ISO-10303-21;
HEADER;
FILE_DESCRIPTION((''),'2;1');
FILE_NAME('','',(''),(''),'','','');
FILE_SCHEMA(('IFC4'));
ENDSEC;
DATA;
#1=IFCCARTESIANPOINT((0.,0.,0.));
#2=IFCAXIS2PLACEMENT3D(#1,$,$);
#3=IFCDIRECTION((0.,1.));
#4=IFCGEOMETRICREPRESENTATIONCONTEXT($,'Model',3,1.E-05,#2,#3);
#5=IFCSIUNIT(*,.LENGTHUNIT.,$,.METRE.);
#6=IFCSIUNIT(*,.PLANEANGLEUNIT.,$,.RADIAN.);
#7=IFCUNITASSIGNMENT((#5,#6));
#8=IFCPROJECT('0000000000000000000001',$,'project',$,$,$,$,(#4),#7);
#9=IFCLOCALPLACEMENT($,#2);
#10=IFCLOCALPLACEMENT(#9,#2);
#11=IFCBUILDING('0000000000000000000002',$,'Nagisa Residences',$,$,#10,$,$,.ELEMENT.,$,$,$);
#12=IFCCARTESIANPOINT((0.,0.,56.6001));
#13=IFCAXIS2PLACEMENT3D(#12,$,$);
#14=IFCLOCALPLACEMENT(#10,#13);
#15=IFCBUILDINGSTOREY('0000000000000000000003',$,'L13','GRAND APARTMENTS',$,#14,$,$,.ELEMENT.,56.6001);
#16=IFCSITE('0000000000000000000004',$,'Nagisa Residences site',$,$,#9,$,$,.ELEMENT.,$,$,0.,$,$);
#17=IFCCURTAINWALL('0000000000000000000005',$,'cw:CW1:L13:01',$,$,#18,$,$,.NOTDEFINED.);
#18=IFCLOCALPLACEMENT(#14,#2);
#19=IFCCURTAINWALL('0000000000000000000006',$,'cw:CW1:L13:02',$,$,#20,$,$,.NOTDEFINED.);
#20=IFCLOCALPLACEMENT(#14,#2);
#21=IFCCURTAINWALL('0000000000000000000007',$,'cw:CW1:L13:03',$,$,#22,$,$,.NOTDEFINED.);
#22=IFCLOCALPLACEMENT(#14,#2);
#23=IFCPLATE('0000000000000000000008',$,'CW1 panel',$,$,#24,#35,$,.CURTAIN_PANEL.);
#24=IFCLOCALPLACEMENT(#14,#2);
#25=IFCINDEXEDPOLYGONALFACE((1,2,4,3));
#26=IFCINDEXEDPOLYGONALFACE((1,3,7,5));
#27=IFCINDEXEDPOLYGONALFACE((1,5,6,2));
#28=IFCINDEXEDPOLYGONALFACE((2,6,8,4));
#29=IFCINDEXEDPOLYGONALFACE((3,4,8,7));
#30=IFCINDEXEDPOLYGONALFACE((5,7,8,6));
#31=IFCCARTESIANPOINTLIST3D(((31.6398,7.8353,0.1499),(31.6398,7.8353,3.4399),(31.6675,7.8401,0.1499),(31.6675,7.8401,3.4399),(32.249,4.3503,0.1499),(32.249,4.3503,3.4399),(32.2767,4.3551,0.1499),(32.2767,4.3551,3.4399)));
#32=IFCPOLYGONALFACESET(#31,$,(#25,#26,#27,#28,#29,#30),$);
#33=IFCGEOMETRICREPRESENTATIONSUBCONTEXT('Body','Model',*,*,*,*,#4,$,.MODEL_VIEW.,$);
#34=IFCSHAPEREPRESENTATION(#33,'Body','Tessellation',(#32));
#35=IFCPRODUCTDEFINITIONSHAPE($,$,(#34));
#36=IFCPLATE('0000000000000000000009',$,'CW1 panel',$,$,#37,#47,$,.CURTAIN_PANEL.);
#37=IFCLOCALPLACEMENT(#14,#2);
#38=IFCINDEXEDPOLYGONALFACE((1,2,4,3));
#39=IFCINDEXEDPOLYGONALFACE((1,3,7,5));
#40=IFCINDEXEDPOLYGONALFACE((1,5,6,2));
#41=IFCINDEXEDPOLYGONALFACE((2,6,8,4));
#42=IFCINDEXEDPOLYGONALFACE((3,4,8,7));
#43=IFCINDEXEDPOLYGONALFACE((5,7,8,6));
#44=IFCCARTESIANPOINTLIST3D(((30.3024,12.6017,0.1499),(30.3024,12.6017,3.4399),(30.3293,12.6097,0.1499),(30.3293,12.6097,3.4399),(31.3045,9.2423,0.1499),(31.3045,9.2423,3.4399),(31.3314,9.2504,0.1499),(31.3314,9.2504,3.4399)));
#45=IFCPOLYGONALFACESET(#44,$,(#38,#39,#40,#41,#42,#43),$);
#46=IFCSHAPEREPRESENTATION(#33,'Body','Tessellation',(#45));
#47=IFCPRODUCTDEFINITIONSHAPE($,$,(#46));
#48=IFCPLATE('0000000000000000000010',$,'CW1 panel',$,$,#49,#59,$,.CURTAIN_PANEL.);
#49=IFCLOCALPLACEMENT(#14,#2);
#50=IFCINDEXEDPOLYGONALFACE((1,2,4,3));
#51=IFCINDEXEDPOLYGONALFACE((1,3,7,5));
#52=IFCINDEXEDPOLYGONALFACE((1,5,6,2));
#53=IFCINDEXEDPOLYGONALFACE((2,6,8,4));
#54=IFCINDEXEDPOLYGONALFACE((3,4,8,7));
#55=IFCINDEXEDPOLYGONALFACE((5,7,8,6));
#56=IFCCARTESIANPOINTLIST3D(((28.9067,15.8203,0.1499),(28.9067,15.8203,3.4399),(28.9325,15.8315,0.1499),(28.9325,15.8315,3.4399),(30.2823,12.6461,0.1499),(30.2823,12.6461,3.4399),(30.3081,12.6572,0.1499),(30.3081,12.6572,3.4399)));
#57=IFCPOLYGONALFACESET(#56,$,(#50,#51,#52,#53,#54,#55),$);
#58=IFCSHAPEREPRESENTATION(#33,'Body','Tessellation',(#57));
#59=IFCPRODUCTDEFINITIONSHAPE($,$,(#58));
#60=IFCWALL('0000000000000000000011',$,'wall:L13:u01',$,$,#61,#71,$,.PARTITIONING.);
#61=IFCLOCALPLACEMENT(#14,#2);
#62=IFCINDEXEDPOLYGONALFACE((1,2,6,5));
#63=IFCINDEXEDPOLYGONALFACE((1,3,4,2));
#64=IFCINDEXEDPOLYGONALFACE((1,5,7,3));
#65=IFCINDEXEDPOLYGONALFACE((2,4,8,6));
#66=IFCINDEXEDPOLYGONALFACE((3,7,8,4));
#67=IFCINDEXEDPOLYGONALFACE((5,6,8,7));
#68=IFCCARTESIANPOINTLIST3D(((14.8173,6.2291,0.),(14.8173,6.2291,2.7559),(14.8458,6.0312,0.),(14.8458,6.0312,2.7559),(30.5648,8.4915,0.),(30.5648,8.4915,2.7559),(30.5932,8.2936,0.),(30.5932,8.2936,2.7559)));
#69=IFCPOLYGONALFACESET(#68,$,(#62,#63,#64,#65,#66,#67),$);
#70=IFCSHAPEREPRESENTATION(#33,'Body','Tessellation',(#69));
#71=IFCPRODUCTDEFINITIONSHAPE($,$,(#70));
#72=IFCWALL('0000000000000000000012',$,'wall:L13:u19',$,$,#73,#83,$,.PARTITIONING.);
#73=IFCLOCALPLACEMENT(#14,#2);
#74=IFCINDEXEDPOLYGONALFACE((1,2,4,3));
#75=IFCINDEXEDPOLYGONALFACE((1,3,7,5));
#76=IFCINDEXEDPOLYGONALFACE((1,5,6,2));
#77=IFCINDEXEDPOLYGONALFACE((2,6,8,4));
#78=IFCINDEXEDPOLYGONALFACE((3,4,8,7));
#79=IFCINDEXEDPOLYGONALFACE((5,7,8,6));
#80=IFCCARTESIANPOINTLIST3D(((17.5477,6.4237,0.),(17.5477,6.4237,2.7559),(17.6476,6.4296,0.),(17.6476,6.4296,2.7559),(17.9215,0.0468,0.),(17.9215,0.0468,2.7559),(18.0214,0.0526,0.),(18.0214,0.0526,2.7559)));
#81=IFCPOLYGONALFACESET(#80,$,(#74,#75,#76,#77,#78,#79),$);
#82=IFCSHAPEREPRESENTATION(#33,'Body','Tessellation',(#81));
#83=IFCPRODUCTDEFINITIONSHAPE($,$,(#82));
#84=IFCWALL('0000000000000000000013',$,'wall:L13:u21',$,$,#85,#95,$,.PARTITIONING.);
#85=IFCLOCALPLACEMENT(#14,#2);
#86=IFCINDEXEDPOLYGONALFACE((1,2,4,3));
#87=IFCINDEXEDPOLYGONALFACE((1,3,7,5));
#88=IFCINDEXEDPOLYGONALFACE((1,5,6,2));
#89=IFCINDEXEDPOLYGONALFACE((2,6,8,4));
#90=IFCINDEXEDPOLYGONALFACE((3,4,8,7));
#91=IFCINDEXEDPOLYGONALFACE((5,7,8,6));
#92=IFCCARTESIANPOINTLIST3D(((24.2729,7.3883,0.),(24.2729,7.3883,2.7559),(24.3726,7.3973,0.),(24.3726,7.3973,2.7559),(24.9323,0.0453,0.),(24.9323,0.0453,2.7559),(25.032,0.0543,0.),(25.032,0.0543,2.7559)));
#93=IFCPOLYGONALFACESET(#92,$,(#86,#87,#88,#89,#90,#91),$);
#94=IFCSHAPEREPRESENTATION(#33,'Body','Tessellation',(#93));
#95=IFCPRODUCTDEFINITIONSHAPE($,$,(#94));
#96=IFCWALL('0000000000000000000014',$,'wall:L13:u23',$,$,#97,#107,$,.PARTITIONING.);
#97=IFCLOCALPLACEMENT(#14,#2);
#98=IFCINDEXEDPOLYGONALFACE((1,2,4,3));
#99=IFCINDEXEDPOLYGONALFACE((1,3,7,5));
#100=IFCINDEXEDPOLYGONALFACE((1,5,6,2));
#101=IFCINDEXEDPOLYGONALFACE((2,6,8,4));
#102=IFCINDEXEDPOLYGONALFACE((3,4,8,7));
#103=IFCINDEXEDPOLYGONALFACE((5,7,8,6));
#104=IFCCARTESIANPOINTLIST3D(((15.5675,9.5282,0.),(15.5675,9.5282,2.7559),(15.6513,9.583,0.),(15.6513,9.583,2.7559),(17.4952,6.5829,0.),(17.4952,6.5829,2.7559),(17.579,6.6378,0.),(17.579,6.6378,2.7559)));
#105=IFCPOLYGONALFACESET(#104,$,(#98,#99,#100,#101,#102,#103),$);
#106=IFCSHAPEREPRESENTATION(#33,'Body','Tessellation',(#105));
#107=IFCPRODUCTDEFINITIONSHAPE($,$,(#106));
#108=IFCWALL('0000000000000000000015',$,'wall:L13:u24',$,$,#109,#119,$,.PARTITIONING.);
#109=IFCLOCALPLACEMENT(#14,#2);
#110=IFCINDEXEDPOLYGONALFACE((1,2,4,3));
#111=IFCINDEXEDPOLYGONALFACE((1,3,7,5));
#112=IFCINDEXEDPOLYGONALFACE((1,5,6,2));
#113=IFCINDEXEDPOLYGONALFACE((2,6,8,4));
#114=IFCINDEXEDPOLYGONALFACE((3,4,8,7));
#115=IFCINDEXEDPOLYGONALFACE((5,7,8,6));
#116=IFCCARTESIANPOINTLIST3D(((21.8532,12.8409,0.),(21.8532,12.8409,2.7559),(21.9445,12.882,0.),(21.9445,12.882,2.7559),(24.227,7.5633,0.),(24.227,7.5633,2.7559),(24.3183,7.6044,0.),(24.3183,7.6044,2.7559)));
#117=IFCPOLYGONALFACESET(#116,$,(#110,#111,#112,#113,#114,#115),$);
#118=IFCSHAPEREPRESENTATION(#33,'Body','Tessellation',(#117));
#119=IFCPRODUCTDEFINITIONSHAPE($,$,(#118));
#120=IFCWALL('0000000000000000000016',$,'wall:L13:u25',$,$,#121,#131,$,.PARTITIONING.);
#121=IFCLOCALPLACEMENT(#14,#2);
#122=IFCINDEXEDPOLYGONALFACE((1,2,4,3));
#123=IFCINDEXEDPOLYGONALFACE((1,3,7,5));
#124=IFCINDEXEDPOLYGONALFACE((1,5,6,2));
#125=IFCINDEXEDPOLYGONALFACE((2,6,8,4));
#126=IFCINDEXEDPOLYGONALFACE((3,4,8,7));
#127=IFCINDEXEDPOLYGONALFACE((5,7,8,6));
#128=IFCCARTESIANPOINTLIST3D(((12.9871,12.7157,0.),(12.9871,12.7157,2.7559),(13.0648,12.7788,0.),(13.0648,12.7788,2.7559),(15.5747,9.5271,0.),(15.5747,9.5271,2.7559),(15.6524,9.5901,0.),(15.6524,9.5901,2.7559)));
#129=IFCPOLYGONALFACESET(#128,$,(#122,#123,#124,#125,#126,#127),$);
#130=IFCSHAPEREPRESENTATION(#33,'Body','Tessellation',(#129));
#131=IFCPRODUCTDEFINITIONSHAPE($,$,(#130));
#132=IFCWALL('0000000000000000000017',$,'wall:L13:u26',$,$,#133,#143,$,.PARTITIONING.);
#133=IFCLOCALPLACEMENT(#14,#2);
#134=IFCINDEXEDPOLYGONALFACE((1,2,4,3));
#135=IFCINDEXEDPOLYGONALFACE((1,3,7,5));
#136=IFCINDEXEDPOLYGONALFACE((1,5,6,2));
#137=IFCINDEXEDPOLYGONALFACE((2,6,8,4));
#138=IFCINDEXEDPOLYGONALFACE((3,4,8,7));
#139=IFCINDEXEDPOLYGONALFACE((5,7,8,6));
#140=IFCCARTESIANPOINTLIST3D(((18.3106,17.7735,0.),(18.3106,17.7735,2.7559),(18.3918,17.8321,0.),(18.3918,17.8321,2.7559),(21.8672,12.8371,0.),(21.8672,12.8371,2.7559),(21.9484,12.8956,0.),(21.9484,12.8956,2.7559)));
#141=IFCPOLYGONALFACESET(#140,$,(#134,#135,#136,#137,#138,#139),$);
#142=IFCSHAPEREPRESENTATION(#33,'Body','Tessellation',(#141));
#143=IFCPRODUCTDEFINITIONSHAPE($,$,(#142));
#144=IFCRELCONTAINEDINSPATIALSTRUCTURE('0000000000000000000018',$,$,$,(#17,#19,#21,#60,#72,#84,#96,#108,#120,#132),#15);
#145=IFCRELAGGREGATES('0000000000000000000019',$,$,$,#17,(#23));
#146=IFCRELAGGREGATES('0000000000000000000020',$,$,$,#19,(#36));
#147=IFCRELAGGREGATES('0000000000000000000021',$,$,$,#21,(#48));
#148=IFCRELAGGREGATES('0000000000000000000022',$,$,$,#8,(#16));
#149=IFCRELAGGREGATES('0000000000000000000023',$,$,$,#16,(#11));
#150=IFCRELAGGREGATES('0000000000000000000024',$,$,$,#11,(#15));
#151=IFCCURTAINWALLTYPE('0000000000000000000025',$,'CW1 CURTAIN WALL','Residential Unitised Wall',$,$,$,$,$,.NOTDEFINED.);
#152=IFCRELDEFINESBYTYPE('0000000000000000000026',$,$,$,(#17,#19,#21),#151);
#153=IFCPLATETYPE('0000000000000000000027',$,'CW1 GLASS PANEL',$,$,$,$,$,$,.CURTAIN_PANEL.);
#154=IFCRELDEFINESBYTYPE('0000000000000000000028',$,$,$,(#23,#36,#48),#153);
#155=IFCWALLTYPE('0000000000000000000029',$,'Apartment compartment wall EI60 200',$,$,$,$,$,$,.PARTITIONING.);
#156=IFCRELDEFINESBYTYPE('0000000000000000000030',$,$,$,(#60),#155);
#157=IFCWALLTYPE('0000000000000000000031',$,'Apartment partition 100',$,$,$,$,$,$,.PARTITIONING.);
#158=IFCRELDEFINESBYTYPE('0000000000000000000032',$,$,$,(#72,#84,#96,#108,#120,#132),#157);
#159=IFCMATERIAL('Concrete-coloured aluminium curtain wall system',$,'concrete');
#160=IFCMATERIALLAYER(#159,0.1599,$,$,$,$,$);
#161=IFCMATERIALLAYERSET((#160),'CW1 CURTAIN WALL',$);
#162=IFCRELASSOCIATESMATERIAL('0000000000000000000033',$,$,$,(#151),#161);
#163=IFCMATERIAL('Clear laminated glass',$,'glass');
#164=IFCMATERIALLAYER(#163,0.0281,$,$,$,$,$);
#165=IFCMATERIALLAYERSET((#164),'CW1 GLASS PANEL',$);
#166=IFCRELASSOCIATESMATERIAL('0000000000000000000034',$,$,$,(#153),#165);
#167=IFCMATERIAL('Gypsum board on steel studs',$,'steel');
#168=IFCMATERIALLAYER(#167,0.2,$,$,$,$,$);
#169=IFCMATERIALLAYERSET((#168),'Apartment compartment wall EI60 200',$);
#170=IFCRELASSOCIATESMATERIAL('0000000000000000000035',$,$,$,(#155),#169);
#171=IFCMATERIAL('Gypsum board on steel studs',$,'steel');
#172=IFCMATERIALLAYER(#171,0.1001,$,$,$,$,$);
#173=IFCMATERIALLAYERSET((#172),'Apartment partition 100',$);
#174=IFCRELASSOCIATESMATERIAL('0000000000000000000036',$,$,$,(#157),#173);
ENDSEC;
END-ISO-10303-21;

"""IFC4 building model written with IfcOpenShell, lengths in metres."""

from ifc_helpers import new_model, si_unit, direction, frame, frame_2d, origin, origin_2d, place, context, subcontext, project, spatial, rectangle, extrude, material, layer, layer_set, type_object, element, aggregate, save


model = new_model("IFC4")

# Units and contexts
model_context = context("Model", 3, precision=1e-05, world=origin(), true_north=direction((0.0, 1.0)))
body_context = subcontext(model_context, "Body", "Model", "MODEL_VIEW")
ifc_project = project(units=[si_unit("LENGTHUNIT", "METRE"), si_unit("PLANEANGLEUNIT", "RADIAN")], contexts=[model_context])

# Site, building, storey
site_placement = place(None, origin())
site = spatial("IfcSite", under=ifc_project, at=site_placement, Name="Nagisa Residences site", CompositionType="ELEMENT", RefElevation=0.0)
building_placement = place(site_placement, origin())
building = spatial("IfcBuilding", under=site, at=building_placement, Name="Nagisa Residences", CompositionType="ELEMENT")
storey_placement = place(building_placement, frame((0.0, 0.0, 56.6001)))
storey = spatial("IfcBuildingStorey", under=building, at=storey_placement, Name="L13", Description="GRAND APARTMENTS", CompositionType="ELEMENT", Elevation=56.6001)

# Curtain walls
ifc_material_1 = material(Name="Concrete-coloured aluminium curtain wall system", Category="concrete")
ifc_layer_1 = layer(ifc_material_1, 0.1599)
ifc_layer_set_1 = layer_set([ifc_layer_1], Name="CW1 CURTAIN WALL")
curtain_wall_type = type_object("IfcCurtainWallType", Name="CW1 CURTAIN WALL", Description="Residential Unitised Wall", PredefinedType="NOTDEFINED", material=ifc_layer_set_1)
curtain_wall_1_placement = place(storey_placement, origin())
curtain_wall_1 = element("IfcCurtainWall", 1, at=curtain_wall_1_placement, inside=storey, type_object=curtain_wall_type, Name="cw:CW1:L13:01", PredefinedType="NOTDEFINED")
curtain_wall_2_placement = place(storey_placement, origin())
curtain_wall_2 = element("IfcCurtainWall", 2, at=curtain_wall_2_placement, inside=storey, type_object=curtain_wall_type, Name="cw:CW1:L13:02", PredefinedType="NOTDEFINED")
curtain_wall_3_placement = place(storey_placement, origin())
curtain_wall_3 = element("IfcCurtainWall", 3, at=curtain_wall_3_placement, inside=storey, type_object=curtain_wall_type, Name="cw:CW1:L13:03", PredefinedType="NOTDEFINED")

# Plates
ifc_material_2 = material(Name="Clear laminated glass", Category="glass")
ifc_layer_2 = layer(ifc_material_2, 0.0281)
ifc_layer_set_2 = layer_set([ifc_layer_2], Name="CW1 GLASS PANEL")
plate_type = type_object("IfcPlateType", Name="CW1 GLASS PANEL", PredefinedType="CURTAIN_PANEL", material=ifc_layer_set_2)
plate_1_placement = place(storey_placement, frame((31.9583, 6.0952, 0.1499), z_axis=(0.0, 0.0, 1.0), x_axis=(-0.172191, 0.985064, 0.0)))
plate_1 = element("IfcPlate", 4, at=plate_1_placement, type_object=plate_type, Name="CW1 panel", PredefinedType="CURTAIN_PANEL", context=body_context, shape_type="SweptSolid", body=[
    extrude(rectangle(XDim=3.5378, YDim=0.0281, at=origin_2d()), origin(), (0.0, 0.0, 1.0), 3.29),
])
aggregate(curtain_wall_1, [plate_1])
plate_2_placement = place(storey_placement, frame((30.8169, 10.926, 0.1499), z_axis=(0.0, 0.0, 1.0), x_axis=(-0.28586, 0.958271, 0.0)))
plate_2 = element("IfcPlate", 5, at=plate_2_placement, type_object=plate_type, Name="CW1 panel", PredefinedType="CURTAIN_PANEL", context=body_context, shape_type="SweptSolid", body=[
    extrude(rectangle(XDim=3.5056, YDim=0.0281, at=origin_2d()), origin(), (0.0, 0.0, 1.0), 3.29),
])
aggregate(curtain_wall_2, [plate_2])
plate_3_placement = place(storey_placement, frame((29.6074, 14.2388, 0.1499), z_axis=(0.0, 0.0, 1.0), x_axis=(-0.397636, 0.917543, 0.0)))
plate_3 = element("IfcPlate", 6, at=plate_3_placement, type_object=plate_type, Name="CW1 panel", PredefinedType="CURTAIN_PANEL", context=body_context, shape_type="SweptSolid", body=[
    extrude(rectangle(XDim=3.4595, YDim=0.0281, at=origin_2d()), origin(), (0.0, 0.0, 1.0), 3.29),
])
aggregate(curtain_wall_3, [plate_3])

# Walls
ifc_material_3 = material(Name="Gypsum board on steel studs", Category="steel")
ifc_layer_3 = layer(ifc_material_3, 0.2)
ifc_layer_set_3 = layer_set([ifc_layer_3], Name="Apartment compartment wall EI60 200")
wall_type_1 = type_object("IfcWallType", Name="Apartment compartment wall EI60 200", PredefinedType="PARTITIONING", material=ifc_layer_set_3)
wall_1_placement = place(storey_placement, frame((14.8315, 6.1301, 0.0), z_axis=(0.0, 0.0, 1.0), x_axis=(0.989837, 0.14221, 0.0)))
element("IfcWall", 7, at=wall_1_placement, inside=storey, type_object=wall_type_1, Name="wall:L13:u01", PredefinedType="PARTITIONING", context=body_context, shape_type="SweptSolid", body=[
    extrude(rectangle(XDim=15.9092, YDim=0.2, at=frame_2d((7.9546, 0.0))), origin(), (0.0, 0.0, 1.0), 2.7559),
])
ifc_material_4 = material(Name="Gypsum board on steel studs", Category="steel")
ifc_layer_4 = layer(ifc_material_4, 0.1001)
ifc_layer_set_4 = layer_set([ifc_layer_4], Name="Apartment partition 100")
wall_type_2 = type_object("IfcWallType", Name="Apartment partition 100", PredefinedType="PARTITIONING", material=ifc_layer_set_4)
wall_2_placement = place(storey_placement, frame((17.9714, 0.0498, 0.0), z_axis=(0.0, 0.0, 1.0), x_axis=(-0.058514, 0.998287, 0.0)))
element("IfcWall", 8, at=wall_2_placement, inside=storey, type_object=wall_type_2, Name="wall:L13:u19", PredefinedType="PARTITIONING", context=body_context, shape_type="SweptSolid", body=[
    extrude(rectangle(XDim=6.3879, YDim=0.1001, at=frame_2d((3.1938, 0.0))), origin(), (0.0, 0.0, 1.0), 2.7559),
])
wall_3_placement = place(storey_placement, frame((24.9822, 0.0498, 0.0), z_axis=(0.0, 0.0, 1.0), x_axis=(-0.089443, 0.995992, 0.0)))
element("IfcWall", 9, at=wall_3_placement, inside=storey, type_object=wall_type_2, Name="wall:L13:u21", PredefinedType="PARTITIONING", context=body_context, shape_type="SweptSolid", body=[
    extrude(rectangle(XDim=7.3726, YDim=0.1001, at=frame_2d((3.6863, 0.0))), origin(), (0.0, 0.0, 1.0), 2.7559),
])
wall_4_placement = place(storey_placement, frame((17.5371, 6.6104, 0.0), z_axis=(0.0, 0.0, 1.0), x_axis=(-0.547638, 0.836715, 0.0)))
element("IfcWall", 10, at=wall_4_placement, inside=storey, type_object=wall_type_2, Name="wall:L13:u23", PredefinedType="PARTITIONING", context=body_context, shape_type="SweptSolid", body=[
    extrude(rectangle(XDim=3.52, YDim=0.1001, at=frame_2d((1.76, 0.0))), origin(), (0.0, 0.0, 1.0), 2.7559),
])
wall_5_placement = place(storey_placement, frame((24.2727, 7.5837, 0.0), z_axis=(0.0, 0.0, 1.0), x_axis=(-0.410202, 0.911995, 0.0)))
element("IfcWall", 11, at=wall_5_placement, inside=storey, type_object=wall_type_2, Name="wall:L13:u24", PredefinedType="PARTITIONING", context=body_context, shape_type="SweptSolid", body=[
    extrude(rectangle(XDim=5.7869, YDim=0.1001, at=frame_2d((2.8936, 0.0))), origin(), (0.0, 0.0, 1.0), 2.7559),
])
wall_6_placement = place(storey_placement, frame((15.6135, 9.5586, 0.0), z_axis=(0.0, 0.0, 1.0), x_axis=(-0.630125, 0.776494, 0.0)))
element("IfcWall", 12, at=wall_6_placement, inside=storey, type_object=wall_type_2, Name="wall:L13:u25", PredefinedType="PARTITIONING", context=body_context, shape_type="SweptSolid", body=[
    extrude(rectangle(XDim=4.1064, YDim=0.1001, at=frame_2d((2.0532, 0.0))), origin(), (0.0, 0.0, 1.0), 2.7559),
])
wall_7_placement = place(storey_placement, frame((21.9077, 12.8665, 0.0), z_axis=(0.0, 0.0, 1.0), x_axis=(-0.584558, 0.811352, 0.0)))
element("IfcWall", 13, at=wall_7_placement, inside=storey, type_object=wall_type_2, Name="wall:L13:u26", PredefinedType="PARTITIONING", context=body_context, shape_type="SweptSolid", body=[
    extrude(rectangle(XDim=6.0842, YDim=0.1001, at=frame_2d((3.042, 0.0))), origin(), (0.0, 0.0, 1.0), 2.7559),
])

save(model, "model.ifc")
